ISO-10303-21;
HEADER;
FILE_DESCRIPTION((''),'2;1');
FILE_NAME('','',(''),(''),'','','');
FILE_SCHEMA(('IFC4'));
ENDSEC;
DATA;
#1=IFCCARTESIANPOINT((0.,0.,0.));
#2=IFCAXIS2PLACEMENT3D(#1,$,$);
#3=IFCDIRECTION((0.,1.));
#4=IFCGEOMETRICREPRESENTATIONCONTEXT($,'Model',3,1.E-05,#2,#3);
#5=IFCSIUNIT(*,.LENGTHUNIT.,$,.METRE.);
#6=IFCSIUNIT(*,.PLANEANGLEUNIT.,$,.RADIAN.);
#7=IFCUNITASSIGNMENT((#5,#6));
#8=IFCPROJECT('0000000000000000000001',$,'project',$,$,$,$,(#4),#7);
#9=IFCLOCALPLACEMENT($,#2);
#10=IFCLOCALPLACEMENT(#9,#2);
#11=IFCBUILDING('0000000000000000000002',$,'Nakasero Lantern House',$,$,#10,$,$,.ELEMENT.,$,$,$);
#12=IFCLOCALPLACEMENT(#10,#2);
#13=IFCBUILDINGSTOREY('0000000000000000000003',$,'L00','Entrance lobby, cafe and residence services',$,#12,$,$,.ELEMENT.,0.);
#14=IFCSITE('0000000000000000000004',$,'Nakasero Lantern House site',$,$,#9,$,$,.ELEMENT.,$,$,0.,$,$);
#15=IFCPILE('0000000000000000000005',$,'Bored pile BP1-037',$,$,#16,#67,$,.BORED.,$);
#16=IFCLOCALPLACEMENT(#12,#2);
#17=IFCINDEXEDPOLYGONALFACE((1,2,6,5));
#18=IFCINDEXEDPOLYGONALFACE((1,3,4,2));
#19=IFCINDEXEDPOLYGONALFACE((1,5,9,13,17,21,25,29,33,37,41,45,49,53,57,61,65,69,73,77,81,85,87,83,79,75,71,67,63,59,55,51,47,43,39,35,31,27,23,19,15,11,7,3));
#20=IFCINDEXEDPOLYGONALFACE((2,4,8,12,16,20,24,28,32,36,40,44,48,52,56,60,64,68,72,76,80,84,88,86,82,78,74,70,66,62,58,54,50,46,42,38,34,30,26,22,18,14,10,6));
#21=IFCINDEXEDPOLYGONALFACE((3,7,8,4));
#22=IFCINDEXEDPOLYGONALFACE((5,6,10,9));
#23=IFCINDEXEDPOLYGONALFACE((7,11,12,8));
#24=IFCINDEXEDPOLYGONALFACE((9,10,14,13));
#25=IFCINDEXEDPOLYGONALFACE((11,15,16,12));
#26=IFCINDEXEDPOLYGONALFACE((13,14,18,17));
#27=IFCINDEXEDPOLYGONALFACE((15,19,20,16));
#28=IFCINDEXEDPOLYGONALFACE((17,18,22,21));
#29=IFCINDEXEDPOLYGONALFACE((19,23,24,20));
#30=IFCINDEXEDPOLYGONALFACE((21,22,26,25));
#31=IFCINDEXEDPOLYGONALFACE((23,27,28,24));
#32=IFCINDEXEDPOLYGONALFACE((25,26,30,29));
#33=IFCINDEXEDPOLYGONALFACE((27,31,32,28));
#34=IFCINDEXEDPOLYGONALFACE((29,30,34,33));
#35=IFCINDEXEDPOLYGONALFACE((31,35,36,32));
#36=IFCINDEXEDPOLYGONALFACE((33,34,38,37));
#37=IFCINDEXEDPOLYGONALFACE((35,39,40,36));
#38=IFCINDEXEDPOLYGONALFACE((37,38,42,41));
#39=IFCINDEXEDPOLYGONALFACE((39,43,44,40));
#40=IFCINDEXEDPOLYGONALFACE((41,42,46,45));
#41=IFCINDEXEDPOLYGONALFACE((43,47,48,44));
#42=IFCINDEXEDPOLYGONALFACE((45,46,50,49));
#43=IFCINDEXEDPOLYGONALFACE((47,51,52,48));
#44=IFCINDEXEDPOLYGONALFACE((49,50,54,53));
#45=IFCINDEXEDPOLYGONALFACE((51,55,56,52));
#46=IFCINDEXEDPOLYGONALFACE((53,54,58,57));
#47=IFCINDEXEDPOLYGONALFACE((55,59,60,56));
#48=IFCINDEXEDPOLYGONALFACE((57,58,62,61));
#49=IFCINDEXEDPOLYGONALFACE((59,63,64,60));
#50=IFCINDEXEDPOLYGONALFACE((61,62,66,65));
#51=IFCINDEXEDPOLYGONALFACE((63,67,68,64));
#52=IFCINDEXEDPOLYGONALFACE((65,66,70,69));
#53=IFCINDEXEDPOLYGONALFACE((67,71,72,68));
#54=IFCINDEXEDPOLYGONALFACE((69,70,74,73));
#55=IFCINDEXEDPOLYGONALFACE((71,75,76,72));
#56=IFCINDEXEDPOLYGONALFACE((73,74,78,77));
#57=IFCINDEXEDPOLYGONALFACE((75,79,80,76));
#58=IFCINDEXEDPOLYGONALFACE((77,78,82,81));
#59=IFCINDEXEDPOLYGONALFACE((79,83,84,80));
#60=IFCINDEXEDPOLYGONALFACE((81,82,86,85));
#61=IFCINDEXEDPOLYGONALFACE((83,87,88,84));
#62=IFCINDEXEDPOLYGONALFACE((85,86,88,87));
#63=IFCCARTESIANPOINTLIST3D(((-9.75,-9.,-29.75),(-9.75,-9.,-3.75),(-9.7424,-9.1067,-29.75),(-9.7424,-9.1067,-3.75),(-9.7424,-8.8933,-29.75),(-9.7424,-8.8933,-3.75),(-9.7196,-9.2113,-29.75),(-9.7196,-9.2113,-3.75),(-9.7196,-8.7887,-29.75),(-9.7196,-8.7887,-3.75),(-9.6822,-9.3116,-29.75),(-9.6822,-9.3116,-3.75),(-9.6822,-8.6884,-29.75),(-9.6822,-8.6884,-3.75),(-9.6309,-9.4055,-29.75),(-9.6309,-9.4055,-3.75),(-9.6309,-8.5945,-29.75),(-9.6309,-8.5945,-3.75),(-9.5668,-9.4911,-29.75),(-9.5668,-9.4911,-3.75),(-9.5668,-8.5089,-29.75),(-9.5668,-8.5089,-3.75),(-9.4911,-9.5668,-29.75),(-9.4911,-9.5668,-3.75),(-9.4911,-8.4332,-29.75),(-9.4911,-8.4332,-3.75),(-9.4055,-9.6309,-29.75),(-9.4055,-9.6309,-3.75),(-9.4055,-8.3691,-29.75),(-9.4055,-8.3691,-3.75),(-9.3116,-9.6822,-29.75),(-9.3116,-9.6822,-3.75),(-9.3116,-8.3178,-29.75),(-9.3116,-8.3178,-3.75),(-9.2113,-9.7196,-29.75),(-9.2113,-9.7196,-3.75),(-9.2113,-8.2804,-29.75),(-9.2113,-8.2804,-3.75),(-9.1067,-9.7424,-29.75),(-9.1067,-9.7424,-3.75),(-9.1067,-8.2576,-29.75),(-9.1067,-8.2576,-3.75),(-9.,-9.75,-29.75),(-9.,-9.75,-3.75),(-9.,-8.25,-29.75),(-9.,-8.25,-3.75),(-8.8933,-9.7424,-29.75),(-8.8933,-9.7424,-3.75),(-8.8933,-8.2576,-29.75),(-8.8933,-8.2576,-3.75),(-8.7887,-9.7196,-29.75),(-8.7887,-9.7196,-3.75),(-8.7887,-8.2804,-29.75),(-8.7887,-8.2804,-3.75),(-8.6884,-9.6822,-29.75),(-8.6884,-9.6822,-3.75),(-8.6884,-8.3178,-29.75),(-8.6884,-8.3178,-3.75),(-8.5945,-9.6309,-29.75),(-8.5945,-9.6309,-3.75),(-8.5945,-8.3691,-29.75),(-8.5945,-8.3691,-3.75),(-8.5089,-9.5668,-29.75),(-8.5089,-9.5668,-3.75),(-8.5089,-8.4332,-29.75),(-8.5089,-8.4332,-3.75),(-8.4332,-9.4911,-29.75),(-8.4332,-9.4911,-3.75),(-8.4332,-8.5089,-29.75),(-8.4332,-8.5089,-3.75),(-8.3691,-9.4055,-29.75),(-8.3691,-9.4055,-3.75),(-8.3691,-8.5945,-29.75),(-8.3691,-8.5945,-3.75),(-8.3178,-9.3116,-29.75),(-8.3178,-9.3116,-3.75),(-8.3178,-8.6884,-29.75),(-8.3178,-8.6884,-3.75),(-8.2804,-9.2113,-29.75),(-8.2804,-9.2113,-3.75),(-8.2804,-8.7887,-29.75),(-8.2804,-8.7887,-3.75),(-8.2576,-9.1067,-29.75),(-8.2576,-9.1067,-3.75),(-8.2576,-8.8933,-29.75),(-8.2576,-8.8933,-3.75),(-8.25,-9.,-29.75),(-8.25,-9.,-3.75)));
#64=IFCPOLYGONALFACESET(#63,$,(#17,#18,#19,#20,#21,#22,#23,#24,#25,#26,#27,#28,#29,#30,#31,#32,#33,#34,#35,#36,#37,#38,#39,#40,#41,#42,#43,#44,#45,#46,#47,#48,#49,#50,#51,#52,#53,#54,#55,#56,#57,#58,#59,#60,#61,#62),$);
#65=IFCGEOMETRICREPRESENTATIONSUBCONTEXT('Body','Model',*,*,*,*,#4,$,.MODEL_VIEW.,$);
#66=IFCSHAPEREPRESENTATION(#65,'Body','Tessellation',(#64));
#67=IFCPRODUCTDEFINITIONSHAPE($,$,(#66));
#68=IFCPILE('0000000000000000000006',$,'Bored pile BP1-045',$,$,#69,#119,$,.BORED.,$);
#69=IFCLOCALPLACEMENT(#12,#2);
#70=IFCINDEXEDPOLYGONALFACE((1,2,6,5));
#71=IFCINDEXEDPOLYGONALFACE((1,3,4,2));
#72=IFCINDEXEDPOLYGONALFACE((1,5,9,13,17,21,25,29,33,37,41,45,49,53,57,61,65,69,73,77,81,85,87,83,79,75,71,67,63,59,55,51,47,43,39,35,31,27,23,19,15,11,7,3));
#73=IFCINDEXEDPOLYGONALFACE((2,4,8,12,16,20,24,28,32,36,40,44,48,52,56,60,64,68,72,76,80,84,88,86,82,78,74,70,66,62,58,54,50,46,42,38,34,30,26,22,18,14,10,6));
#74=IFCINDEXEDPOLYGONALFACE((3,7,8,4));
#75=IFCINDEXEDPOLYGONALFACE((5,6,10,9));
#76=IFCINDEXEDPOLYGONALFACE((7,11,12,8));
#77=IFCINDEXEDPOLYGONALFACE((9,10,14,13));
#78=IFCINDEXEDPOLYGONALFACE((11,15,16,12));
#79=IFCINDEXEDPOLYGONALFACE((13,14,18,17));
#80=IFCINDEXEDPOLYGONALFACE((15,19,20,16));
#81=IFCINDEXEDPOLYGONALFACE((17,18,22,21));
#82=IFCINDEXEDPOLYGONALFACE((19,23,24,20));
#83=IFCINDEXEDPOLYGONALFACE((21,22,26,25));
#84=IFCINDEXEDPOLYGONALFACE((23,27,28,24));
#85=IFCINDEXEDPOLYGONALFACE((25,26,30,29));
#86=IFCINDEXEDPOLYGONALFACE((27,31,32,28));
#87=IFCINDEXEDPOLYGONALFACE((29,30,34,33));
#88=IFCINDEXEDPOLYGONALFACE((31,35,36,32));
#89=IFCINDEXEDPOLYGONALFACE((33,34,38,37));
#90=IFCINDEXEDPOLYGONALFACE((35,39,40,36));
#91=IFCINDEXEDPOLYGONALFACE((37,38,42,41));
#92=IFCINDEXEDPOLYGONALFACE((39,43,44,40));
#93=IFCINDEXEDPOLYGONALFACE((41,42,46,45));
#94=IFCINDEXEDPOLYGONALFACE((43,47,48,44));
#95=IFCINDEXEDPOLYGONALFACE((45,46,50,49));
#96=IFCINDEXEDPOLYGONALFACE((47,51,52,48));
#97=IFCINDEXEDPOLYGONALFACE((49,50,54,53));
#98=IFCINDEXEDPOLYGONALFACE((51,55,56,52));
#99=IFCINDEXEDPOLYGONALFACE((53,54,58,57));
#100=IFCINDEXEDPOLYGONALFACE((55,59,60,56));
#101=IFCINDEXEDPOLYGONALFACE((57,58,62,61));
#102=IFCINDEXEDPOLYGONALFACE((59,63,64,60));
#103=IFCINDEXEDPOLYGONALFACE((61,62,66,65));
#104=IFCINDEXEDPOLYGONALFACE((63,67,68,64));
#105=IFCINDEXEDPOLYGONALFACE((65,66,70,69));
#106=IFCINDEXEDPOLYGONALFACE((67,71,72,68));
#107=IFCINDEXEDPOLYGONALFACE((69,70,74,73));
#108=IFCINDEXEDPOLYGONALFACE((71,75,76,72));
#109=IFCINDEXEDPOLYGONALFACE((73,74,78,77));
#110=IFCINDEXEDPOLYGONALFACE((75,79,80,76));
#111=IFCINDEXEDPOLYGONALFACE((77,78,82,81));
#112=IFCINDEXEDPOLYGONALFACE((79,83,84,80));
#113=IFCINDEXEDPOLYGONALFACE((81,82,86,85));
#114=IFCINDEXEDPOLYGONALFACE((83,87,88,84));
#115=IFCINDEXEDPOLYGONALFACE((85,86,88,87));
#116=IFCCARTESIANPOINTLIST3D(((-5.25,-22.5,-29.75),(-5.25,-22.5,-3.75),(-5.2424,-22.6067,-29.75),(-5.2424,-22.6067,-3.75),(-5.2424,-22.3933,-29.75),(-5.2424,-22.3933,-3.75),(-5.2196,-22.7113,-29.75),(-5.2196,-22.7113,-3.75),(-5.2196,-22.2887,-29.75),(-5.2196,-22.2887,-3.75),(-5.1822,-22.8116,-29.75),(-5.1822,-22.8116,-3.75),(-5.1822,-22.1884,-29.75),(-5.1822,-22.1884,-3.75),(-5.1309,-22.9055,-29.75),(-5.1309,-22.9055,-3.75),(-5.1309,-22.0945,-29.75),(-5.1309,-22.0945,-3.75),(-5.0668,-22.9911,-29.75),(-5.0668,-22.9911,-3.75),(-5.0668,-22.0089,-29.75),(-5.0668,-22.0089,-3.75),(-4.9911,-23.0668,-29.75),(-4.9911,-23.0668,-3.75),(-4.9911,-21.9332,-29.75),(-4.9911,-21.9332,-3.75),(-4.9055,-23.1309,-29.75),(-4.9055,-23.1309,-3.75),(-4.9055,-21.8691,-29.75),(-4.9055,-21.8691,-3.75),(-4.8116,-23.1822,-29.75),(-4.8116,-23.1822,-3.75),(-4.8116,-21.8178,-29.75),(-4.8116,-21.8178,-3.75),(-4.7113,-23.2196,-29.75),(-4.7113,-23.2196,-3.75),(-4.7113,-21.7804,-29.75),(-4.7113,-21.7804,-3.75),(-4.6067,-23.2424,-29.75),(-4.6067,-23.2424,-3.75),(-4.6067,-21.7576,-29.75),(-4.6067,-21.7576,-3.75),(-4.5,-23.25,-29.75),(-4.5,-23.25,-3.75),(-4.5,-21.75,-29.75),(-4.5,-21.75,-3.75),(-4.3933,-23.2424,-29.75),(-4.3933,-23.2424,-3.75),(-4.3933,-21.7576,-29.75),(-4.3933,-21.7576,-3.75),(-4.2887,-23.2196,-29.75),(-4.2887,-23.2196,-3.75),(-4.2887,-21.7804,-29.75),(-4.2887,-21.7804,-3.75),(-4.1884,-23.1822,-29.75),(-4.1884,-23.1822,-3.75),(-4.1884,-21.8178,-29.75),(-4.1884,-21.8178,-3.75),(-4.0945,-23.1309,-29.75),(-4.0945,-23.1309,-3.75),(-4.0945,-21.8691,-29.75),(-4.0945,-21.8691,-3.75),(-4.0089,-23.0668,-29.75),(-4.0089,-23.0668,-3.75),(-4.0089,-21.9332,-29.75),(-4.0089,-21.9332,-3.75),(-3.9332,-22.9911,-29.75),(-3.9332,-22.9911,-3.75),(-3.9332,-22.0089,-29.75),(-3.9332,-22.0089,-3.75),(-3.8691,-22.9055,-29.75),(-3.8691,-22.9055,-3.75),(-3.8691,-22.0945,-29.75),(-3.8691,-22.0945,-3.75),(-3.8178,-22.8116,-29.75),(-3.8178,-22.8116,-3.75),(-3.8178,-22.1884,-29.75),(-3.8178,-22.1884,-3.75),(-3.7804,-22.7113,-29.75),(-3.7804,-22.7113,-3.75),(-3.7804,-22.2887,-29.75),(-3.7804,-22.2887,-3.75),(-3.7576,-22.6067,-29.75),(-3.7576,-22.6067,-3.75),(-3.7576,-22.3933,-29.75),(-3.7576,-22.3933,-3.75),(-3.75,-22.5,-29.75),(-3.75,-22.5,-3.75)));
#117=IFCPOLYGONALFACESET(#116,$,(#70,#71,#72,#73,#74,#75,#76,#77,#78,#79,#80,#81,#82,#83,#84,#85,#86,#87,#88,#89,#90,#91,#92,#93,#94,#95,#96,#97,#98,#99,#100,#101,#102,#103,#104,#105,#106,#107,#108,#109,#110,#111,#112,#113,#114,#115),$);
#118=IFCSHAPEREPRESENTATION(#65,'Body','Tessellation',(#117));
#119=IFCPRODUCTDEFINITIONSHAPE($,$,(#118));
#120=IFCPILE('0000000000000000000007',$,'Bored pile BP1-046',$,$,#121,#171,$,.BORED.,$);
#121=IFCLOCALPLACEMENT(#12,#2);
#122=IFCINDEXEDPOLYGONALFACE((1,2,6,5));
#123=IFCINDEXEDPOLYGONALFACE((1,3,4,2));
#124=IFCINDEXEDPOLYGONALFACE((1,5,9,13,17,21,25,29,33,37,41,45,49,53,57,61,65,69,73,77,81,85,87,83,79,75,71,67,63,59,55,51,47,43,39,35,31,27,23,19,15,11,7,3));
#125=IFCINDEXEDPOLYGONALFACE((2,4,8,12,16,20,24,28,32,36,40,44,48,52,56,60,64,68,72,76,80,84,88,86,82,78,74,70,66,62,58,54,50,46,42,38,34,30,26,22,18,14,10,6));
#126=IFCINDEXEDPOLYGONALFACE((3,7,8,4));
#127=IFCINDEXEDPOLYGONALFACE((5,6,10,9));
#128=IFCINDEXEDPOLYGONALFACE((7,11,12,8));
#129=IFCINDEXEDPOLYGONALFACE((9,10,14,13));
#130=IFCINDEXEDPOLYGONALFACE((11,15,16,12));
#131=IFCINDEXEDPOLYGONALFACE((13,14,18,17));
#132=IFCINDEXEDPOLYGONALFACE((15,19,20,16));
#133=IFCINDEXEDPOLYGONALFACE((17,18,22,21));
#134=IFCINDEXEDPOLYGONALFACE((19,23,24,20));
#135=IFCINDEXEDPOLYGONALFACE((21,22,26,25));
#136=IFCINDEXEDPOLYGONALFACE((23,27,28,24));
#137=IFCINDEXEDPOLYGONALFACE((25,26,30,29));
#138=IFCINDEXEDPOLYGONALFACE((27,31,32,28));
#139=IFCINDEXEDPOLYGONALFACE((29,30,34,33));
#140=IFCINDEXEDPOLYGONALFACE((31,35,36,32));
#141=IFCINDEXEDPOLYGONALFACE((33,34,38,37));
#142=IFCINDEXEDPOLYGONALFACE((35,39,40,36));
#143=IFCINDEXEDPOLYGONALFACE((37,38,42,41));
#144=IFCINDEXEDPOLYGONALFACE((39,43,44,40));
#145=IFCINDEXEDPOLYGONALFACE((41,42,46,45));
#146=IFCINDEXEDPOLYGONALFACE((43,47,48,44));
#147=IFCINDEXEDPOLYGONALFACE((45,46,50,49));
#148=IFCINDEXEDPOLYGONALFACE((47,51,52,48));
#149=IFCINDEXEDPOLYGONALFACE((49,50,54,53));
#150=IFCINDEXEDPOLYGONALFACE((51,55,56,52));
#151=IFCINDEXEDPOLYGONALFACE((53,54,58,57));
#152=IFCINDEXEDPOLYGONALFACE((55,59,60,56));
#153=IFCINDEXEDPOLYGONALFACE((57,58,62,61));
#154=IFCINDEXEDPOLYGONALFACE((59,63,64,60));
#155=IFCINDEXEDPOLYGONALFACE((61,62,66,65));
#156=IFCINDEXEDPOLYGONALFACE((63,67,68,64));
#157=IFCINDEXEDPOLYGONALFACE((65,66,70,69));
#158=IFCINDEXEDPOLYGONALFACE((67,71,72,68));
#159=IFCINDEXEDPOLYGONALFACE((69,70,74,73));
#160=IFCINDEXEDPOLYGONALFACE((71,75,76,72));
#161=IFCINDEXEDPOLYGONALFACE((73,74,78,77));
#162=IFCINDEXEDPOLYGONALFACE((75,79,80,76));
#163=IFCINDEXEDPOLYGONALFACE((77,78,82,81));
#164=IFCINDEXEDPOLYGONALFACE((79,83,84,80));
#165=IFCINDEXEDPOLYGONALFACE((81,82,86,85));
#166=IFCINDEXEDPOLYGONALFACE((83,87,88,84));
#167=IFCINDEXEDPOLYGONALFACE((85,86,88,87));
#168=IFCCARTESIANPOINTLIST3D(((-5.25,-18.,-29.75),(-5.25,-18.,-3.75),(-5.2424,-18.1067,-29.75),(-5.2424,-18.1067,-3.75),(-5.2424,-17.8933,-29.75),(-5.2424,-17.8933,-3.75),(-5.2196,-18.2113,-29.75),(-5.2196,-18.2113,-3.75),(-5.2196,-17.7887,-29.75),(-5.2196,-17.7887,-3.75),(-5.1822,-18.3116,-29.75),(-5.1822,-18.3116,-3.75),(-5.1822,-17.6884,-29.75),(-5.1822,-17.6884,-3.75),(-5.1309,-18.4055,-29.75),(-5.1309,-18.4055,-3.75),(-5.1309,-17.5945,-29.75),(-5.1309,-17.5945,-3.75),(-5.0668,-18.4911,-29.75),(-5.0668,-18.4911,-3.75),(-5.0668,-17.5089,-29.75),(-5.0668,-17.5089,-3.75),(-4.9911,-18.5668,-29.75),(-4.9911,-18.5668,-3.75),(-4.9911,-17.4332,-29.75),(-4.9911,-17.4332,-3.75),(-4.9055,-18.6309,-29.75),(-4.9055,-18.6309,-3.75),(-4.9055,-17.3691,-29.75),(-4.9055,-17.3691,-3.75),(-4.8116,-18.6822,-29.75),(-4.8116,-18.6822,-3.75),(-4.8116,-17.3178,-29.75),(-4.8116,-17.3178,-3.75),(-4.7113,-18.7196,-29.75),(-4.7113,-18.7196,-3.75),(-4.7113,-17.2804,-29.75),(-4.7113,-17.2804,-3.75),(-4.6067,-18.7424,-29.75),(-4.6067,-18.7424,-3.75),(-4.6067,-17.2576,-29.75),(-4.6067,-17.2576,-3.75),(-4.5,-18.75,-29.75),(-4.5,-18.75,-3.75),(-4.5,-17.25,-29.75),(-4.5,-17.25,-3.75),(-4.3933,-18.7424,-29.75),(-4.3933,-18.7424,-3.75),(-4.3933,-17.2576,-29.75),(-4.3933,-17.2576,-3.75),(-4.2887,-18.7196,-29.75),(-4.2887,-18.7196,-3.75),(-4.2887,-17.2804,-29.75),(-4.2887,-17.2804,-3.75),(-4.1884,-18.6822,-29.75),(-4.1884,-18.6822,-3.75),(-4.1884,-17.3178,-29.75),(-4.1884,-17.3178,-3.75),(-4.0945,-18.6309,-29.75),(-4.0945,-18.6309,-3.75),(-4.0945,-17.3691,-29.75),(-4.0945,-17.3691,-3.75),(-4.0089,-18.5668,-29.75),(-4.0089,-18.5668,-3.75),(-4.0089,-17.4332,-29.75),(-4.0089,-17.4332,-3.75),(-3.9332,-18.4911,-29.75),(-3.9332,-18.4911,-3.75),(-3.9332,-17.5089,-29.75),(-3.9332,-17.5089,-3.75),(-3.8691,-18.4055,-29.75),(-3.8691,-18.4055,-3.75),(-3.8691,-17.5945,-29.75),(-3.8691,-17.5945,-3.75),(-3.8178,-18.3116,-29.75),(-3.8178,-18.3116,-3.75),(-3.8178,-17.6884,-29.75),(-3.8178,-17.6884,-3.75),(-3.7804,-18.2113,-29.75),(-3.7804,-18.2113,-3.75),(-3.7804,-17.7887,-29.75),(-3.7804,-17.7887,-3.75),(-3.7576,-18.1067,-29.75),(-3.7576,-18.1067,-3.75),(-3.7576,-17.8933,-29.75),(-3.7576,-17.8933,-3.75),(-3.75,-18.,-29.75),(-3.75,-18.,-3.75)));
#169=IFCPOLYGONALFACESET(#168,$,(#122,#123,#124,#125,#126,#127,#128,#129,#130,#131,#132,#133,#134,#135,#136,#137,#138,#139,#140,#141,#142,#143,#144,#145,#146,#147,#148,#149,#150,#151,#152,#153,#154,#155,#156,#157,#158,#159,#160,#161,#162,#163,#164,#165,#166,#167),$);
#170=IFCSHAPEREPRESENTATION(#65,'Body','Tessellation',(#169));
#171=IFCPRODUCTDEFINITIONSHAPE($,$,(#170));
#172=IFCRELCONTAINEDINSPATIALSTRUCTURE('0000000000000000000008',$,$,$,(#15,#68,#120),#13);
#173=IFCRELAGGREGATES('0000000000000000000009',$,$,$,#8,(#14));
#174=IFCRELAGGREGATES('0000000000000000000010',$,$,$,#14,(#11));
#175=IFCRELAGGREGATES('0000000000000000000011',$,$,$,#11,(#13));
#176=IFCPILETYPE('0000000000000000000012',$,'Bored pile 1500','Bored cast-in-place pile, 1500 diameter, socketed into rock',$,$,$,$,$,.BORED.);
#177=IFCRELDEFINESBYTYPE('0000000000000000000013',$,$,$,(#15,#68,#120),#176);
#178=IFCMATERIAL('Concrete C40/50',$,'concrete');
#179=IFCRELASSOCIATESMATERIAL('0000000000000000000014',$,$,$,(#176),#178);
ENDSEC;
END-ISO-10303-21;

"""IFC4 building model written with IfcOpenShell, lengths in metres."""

from ifc_helpers import new_model, si_unit, direction, frame, origin, origin_2d, place, context, subcontext, project, spatial, circle, extrude, material, type_object, element, save


model = new_model("IFC4")

# Units and contexts
model_context = context("Model", 3, precision=1e-05, world=origin(), true_north=direction((0.0, 1.0)))
body_context = subcontext(model_context, "Body", "Model", "MODEL_VIEW")
ifc_project = project(units=[si_unit("LENGTHUNIT", "METRE"), si_unit("PLANEANGLEUNIT", "RADIAN")], contexts=[model_context])

# Site, building, storey
site_placement = place(None, origin())
site = spatial("IfcSite", under=ifc_project, at=site_placement, Name="Nakasero Lantern House site", CompositionType="ELEMENT", RefElevation=0.0)
building_placement = place(site_placement, origin())
building = spatial("IfcBuilding", under=site, at=building_placement, Name="Nakasero Lantern House", CompositionType="ELEMENT")
storey_placement = place(building_placement, origin())
storey = spatial("IfcBuildingStorey", under=building, at=storey_placement, Name="L00", Description="Entrance lobby, cafe and residence services", CompositionType="ELEMENT", Elevation=0.0)

# Piles
ifc_material_1 = material(Name="Concrete C40/50", Category="concrete")
pile_type = type_object("IfcPileType", Name="Bored pile 1500", Description="Bored cast-in-place pile, 1500 diameter, socketed into rock", PredefinedType="BORED", material=ifc_material_1)
for number, where, z_axis, x_axis, name in (
    (1, (-9.0, -9.0, -3.75), (0.0, 0.0, -1.0), (1.0, 0.0, 0.0), "Bored pile BP1-037"),
    (2, (-4.5, -22.5, -3.75), (0.0, 0.0, -1.0), (1.0, 0.0, 0.0), "Bored pile BP1-045"),
    (3, (-4.5, -18.0, -3.75), (0.0, 0.0, -1.0), (1.0, 0.0, 0.0), "Bored pile BP1-046"),
):
    element("IfcPile", number, at=place(storey_placement, frame(where, z_axis=z_axis, x_axis=x_axis)), inside=storey, type_object=pile_type, Name=name, PredefinedType="BORED", context=body_context, shape_type="SweptSolid", body=[
        extrude(circle(Radius=0.75, at=origin_2d()), origin(), (0.0, 0.0, 1.0), 26.0),
    ])

save(model, "model.ifc")
